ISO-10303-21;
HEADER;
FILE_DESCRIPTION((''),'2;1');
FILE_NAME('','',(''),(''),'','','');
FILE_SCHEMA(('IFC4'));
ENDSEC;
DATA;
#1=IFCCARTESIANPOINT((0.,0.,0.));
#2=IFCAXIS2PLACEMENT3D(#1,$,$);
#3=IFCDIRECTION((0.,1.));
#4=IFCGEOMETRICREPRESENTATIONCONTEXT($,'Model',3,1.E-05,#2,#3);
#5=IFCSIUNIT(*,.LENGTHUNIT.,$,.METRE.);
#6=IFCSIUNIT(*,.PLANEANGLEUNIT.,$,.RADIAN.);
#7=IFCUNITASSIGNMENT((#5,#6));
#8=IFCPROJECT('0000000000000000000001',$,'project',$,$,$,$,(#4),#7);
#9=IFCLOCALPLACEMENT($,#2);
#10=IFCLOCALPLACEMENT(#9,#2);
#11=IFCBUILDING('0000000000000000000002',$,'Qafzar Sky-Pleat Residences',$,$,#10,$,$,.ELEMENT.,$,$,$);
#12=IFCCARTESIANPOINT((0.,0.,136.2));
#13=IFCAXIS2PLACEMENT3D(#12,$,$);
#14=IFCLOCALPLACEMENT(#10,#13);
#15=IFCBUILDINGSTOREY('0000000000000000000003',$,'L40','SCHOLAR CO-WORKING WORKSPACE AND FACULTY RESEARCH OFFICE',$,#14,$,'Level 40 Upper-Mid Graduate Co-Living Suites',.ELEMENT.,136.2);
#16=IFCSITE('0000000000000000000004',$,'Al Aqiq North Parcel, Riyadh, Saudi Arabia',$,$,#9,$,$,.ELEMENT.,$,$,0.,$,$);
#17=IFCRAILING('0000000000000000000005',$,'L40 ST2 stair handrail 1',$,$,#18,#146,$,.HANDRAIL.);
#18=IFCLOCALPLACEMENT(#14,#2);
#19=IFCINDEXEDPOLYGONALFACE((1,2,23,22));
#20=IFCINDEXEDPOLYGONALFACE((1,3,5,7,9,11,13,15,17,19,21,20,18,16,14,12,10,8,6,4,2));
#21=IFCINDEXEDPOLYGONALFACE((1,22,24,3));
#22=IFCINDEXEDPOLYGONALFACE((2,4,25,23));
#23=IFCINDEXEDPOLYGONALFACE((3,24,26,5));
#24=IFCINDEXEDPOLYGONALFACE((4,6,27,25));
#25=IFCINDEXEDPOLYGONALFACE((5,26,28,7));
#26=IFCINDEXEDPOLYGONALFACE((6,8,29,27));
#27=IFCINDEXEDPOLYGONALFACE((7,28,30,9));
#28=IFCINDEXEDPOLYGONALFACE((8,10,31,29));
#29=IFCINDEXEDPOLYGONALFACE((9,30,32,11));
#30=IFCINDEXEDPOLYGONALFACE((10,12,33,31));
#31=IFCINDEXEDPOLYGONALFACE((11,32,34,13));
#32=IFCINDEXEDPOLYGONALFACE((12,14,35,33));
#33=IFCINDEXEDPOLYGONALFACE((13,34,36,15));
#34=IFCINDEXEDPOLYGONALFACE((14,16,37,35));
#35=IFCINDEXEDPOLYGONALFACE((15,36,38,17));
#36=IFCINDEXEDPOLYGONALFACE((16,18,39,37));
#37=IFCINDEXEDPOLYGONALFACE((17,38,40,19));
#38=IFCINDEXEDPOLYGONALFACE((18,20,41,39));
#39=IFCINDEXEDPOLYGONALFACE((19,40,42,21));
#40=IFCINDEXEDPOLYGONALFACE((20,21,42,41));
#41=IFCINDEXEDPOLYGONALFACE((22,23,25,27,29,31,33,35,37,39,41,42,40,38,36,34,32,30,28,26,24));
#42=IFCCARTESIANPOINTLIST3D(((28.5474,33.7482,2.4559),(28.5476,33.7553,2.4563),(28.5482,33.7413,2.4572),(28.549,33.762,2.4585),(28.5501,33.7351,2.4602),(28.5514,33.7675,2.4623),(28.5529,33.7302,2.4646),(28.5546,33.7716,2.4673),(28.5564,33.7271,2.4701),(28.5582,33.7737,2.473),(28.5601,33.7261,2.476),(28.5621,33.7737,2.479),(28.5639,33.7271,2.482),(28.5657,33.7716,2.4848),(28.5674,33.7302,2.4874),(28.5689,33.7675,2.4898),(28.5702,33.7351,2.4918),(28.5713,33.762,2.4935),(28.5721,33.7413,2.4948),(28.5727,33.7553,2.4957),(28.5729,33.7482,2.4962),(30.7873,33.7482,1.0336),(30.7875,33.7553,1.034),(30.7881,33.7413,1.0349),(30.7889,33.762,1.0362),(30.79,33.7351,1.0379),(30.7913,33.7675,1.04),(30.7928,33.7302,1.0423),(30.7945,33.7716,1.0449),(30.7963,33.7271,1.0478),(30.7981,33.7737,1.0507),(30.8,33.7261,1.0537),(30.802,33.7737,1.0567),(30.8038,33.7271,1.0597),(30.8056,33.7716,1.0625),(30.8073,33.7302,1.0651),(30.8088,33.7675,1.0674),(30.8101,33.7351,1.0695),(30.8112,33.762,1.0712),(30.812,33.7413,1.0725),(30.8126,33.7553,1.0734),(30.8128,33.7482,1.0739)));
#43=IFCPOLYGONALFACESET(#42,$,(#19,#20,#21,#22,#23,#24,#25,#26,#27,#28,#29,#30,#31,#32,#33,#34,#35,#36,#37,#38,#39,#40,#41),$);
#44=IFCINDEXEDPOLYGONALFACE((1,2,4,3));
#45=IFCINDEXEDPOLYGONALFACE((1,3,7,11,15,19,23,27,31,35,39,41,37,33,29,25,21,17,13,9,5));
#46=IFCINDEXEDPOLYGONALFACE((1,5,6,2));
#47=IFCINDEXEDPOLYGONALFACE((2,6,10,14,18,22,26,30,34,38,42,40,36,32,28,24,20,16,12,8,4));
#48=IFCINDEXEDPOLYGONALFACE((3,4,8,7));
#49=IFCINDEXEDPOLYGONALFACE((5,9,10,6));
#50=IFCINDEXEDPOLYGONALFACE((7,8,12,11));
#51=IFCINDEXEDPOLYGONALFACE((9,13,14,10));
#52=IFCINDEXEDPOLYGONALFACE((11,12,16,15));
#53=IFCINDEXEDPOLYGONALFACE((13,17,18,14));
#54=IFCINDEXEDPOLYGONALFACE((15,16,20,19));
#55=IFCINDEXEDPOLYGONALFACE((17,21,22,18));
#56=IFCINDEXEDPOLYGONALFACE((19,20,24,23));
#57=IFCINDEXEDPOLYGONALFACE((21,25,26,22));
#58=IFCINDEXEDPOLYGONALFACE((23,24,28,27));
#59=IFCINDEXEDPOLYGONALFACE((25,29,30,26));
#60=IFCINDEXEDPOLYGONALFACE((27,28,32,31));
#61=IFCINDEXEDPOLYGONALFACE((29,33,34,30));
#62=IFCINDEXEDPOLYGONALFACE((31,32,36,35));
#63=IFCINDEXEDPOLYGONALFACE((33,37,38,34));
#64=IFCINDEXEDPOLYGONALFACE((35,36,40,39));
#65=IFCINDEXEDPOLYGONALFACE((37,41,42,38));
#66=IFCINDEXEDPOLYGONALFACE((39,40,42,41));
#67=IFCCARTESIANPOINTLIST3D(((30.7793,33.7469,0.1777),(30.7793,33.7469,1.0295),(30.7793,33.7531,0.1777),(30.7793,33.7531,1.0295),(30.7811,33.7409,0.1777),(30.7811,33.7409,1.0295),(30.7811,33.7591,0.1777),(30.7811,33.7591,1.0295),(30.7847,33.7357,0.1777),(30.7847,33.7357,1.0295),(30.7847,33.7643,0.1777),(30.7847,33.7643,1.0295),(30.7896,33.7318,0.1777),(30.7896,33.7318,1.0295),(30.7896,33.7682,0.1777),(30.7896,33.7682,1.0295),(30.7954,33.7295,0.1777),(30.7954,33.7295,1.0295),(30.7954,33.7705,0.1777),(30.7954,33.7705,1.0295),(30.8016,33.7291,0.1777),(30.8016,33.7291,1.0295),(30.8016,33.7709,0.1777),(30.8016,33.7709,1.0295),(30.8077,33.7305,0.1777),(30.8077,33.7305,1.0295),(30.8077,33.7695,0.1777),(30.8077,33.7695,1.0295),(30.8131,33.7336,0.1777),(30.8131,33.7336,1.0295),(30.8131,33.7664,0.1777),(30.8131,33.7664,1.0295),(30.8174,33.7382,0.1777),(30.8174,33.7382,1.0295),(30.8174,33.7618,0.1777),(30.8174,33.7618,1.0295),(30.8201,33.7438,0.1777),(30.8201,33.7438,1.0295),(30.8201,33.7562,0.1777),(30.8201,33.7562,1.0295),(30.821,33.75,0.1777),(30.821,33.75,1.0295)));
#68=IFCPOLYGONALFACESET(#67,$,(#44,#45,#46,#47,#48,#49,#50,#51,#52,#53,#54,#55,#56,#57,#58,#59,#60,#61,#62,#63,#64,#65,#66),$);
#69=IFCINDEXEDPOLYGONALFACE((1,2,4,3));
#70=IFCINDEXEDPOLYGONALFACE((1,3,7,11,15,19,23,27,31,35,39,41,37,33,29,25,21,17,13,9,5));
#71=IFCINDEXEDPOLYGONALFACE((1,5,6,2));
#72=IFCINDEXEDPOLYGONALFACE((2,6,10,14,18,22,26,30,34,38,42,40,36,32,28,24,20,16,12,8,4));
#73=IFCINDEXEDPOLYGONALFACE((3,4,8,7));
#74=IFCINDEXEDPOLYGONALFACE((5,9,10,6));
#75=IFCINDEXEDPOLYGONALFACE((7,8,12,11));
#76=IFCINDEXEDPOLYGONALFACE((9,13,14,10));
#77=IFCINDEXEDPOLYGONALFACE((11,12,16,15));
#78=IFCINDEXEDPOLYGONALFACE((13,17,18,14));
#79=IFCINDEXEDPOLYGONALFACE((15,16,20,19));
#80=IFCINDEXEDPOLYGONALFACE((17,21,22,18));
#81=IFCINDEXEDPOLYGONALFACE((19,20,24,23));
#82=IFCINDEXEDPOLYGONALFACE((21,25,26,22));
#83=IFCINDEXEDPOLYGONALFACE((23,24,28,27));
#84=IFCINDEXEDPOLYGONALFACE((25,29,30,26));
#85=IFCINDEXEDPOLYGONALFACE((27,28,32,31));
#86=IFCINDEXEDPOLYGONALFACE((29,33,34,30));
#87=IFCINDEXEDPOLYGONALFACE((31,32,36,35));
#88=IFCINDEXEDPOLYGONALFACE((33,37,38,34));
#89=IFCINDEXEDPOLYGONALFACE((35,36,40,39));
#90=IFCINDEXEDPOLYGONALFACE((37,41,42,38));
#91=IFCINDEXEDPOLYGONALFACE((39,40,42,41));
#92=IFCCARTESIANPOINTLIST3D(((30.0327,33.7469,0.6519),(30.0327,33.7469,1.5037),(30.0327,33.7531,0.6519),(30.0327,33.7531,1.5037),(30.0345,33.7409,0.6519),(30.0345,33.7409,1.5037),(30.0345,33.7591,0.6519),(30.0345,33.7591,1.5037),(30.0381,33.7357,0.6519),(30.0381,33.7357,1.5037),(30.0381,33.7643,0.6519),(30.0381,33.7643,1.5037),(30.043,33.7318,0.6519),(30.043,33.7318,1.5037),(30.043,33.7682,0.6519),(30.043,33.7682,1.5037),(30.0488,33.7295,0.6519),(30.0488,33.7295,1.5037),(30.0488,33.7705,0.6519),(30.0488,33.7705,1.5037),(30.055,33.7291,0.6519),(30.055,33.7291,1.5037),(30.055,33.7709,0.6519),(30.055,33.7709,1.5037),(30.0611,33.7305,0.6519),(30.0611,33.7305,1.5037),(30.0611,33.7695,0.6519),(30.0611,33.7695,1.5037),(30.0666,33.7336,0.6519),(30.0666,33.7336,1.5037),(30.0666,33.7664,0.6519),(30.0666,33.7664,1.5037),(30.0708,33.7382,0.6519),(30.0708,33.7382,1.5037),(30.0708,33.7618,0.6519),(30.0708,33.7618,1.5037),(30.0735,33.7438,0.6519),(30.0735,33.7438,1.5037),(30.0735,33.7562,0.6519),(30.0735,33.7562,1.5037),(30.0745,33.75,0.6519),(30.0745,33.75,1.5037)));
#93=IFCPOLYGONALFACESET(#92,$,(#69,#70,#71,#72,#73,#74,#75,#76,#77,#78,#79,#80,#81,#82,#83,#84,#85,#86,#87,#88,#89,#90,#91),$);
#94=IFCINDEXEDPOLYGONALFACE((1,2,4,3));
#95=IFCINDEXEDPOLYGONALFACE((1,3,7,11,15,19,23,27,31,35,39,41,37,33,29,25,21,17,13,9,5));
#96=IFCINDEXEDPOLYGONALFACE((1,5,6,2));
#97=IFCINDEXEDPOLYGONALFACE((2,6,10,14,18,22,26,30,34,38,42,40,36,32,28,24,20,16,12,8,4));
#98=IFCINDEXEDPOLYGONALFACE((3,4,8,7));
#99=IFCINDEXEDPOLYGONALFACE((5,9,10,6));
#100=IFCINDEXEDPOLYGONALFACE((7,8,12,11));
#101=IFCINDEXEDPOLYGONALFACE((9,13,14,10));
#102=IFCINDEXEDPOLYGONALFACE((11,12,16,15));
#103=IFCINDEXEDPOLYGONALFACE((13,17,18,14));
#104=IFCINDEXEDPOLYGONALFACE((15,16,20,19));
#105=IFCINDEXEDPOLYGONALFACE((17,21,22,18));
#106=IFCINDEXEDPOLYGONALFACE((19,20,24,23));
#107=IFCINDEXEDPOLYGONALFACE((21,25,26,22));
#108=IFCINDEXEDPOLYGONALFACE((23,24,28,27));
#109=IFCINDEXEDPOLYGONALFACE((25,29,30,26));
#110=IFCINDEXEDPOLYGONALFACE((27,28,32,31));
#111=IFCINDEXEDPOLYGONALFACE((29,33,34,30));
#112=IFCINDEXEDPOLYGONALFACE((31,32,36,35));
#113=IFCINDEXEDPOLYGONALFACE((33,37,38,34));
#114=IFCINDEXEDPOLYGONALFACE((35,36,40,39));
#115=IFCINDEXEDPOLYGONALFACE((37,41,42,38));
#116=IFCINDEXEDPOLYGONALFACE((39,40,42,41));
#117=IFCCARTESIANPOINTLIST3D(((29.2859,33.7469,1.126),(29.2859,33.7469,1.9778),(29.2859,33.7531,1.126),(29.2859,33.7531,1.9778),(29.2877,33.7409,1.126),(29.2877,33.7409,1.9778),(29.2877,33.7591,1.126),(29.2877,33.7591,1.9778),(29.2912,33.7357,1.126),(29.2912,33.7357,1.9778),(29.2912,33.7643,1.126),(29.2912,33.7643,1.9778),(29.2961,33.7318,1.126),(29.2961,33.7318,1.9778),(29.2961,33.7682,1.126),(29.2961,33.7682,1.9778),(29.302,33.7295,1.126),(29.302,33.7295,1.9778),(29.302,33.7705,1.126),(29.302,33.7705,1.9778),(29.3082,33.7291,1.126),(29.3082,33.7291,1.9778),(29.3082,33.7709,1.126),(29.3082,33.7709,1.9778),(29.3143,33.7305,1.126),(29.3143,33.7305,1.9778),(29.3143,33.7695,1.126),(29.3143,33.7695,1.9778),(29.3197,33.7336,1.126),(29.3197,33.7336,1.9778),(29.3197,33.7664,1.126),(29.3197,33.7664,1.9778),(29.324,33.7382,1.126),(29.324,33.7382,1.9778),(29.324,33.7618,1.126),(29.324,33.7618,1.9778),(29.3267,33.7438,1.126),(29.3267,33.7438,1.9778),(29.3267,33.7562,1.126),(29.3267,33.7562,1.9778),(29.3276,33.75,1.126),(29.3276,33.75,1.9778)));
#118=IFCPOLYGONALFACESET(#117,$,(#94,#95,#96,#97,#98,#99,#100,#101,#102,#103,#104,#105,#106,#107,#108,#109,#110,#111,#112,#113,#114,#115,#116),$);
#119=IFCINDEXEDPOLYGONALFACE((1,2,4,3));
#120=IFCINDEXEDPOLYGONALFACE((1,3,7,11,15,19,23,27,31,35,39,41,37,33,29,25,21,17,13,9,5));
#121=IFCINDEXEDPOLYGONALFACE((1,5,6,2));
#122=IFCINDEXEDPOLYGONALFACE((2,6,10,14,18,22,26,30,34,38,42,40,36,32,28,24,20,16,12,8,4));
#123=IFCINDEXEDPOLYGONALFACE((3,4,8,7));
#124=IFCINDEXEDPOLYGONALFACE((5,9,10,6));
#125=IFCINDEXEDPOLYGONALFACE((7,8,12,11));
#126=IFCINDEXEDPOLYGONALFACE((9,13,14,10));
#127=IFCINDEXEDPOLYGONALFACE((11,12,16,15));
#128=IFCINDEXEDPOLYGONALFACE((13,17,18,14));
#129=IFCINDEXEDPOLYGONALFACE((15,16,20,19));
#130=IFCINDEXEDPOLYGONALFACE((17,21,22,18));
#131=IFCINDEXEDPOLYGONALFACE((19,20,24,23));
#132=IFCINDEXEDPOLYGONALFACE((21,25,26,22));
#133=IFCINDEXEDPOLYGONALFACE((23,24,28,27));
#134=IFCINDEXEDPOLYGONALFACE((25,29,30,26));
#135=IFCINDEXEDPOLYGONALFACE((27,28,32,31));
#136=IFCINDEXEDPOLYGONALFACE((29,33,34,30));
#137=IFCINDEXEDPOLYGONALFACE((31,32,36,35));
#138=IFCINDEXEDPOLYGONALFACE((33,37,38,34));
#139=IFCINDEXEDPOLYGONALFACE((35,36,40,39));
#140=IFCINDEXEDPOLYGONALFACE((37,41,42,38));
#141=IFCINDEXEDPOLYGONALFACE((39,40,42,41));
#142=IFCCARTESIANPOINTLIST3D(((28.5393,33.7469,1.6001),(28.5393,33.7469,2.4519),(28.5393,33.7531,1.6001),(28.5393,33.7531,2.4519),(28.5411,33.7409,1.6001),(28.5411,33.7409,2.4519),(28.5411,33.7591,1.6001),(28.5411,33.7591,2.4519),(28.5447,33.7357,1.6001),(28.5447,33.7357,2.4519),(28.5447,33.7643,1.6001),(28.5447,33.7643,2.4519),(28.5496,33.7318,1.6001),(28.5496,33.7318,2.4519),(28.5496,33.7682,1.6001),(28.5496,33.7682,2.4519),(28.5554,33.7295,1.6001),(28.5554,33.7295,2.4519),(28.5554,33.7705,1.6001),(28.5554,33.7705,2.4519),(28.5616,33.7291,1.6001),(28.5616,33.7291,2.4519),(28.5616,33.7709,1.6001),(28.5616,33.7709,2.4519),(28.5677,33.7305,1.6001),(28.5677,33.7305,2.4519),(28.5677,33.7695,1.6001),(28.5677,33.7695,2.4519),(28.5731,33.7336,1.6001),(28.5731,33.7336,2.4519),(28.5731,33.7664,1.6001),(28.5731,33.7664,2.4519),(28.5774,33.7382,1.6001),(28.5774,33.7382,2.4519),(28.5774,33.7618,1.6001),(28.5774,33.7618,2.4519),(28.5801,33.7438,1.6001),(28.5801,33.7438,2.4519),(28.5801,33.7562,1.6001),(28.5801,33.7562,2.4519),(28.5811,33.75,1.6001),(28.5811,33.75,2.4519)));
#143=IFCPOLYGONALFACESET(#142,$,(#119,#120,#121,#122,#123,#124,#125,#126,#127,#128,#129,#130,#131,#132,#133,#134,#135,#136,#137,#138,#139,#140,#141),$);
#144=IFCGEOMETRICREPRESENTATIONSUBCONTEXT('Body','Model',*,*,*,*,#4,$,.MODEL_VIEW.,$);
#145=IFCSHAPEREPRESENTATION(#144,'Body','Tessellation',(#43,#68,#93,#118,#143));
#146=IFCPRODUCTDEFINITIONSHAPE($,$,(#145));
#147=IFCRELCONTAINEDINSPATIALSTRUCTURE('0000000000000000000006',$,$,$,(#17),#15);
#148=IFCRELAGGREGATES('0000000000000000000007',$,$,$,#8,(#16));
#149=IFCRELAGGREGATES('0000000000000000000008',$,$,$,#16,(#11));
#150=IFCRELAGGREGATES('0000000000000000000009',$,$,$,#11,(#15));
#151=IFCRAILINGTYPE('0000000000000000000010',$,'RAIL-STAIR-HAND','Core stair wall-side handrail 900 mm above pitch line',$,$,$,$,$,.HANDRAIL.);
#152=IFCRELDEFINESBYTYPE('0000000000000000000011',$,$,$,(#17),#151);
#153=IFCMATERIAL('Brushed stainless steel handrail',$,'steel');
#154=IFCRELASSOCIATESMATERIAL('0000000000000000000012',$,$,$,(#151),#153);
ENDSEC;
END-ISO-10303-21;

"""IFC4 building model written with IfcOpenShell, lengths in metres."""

from ifc_helpers import new_model, si_unit, direction, frame, origin, origin_2d, place, context, subcontext, project, spatial, circle, extrude, source, transform, mapped, material, type_object, element, save


model = new_model("IFC4")

# Units and contexts
model_context = context("Model", 3, precision=1e-05, world=origin(), true_north=direction((0.0, 1.0)))
body_context = subcontext(model_context, "Body", "Model", "MODEL_VIEW")
ifc_project = project(units=[si_unit("LENGTHUNIT", "METRE"), si_unit("PLANEANGLEUNIT", "RADIAN")], contexts=[model_context])

# Site, building, storey
site_placement = place(None, origin())
site = spatial("IfcSite", under=ifc_project, at=site_placement, Name="Al Aqiq North Parcel, Riyadh, Saudi Arabia", CompositionType="ELEMENT", RefElevation=0.0)
building_placement = place(site_placement, origin())
building = spatial("IfcBuilding", under=site, at=building_placement, Name="Qafzar Sky-Pleat Residences", CompositionType="ELEMENT")
storey_placement = place(building_placement, frame((0.0, 0.0, 136.2)))
storey = spatial("IfcBuildingStorey", under=building, at=storey_placement, Name="L40", Description="SCHOLAR CO-WORKING WORKSPACE AND FACULTY RESEARCH OFFICE", LongName="Level 40 Upper-Mid Graduate Co-Living Suites", CompositionType="ELEMENT", Elevation=136.2)

# Railing
ifc_material_1 = material(Name="Brushed stainless steel handrail", Category="steel")
railing_type_1 = type_object("IfcRailingType", Name="RAIL-STAIR-HAND", Description="Core stair wall-side handrail 900 mm above pitch line", PredefinedType="HANDRAIL", material=ifc_material_1)
shared_shape_1 = source(origin(), body_context, "Body", "SweptSolid", [
    extrude(circle(Radius=0.0239, at=origin_2d()), frame((0.0, 0.0, 0.876), z_axis=(-0.844188, 0.0, 0.536048), x_axis=(0.0, -1.0, 0.0)), (0.0, 0.0, 1.0), 2.6533),
    extrude(circle(Radius=0.021, at=origin_2d()), origin(), (0.0, 0.0, 1.0), 0.8518),
    extrude(circle(Radius=0.021, at=origin_2d()), frame((-0.7466, 0.0, 0.4741)), (0.0, 0.0, 1.0), 0.8518),
    extrude(circle(Radius=0.021, at=origin_2d()), frame((-1.4934, 0.0, 0.9482)), (0.0, 0.0, 1.0), 0.8518),
    extrude(circle(Radius=0.021, at=origin_2d()), frame((-2.24, 0.0, 1.4224)), (0.0, 0.0, 1.0), 0.8518),
])
railing_1_placement = place(storey_placement, frame((30.8, 33.75, 0.1777)))
element("IfcRailing", 1, at=railing_1_placement, inside=storey, type_object=railing_type_1, Name="L40 ST2 stair handrail 1", PredefinedType="HANDRAIL", context=body_context, shape_type="MappedRepresentation", body=[
    mapped(shared_shape_1, transform((0.0, 0.0, 0.0), x_axis=(1.0, 0.0, 0.0), y_axis=(0.0, 1.0, 0.0), z_axis=(0.0, 0.0, 1.0), scale=1.0)),
])

save(model, "model.ifc")
